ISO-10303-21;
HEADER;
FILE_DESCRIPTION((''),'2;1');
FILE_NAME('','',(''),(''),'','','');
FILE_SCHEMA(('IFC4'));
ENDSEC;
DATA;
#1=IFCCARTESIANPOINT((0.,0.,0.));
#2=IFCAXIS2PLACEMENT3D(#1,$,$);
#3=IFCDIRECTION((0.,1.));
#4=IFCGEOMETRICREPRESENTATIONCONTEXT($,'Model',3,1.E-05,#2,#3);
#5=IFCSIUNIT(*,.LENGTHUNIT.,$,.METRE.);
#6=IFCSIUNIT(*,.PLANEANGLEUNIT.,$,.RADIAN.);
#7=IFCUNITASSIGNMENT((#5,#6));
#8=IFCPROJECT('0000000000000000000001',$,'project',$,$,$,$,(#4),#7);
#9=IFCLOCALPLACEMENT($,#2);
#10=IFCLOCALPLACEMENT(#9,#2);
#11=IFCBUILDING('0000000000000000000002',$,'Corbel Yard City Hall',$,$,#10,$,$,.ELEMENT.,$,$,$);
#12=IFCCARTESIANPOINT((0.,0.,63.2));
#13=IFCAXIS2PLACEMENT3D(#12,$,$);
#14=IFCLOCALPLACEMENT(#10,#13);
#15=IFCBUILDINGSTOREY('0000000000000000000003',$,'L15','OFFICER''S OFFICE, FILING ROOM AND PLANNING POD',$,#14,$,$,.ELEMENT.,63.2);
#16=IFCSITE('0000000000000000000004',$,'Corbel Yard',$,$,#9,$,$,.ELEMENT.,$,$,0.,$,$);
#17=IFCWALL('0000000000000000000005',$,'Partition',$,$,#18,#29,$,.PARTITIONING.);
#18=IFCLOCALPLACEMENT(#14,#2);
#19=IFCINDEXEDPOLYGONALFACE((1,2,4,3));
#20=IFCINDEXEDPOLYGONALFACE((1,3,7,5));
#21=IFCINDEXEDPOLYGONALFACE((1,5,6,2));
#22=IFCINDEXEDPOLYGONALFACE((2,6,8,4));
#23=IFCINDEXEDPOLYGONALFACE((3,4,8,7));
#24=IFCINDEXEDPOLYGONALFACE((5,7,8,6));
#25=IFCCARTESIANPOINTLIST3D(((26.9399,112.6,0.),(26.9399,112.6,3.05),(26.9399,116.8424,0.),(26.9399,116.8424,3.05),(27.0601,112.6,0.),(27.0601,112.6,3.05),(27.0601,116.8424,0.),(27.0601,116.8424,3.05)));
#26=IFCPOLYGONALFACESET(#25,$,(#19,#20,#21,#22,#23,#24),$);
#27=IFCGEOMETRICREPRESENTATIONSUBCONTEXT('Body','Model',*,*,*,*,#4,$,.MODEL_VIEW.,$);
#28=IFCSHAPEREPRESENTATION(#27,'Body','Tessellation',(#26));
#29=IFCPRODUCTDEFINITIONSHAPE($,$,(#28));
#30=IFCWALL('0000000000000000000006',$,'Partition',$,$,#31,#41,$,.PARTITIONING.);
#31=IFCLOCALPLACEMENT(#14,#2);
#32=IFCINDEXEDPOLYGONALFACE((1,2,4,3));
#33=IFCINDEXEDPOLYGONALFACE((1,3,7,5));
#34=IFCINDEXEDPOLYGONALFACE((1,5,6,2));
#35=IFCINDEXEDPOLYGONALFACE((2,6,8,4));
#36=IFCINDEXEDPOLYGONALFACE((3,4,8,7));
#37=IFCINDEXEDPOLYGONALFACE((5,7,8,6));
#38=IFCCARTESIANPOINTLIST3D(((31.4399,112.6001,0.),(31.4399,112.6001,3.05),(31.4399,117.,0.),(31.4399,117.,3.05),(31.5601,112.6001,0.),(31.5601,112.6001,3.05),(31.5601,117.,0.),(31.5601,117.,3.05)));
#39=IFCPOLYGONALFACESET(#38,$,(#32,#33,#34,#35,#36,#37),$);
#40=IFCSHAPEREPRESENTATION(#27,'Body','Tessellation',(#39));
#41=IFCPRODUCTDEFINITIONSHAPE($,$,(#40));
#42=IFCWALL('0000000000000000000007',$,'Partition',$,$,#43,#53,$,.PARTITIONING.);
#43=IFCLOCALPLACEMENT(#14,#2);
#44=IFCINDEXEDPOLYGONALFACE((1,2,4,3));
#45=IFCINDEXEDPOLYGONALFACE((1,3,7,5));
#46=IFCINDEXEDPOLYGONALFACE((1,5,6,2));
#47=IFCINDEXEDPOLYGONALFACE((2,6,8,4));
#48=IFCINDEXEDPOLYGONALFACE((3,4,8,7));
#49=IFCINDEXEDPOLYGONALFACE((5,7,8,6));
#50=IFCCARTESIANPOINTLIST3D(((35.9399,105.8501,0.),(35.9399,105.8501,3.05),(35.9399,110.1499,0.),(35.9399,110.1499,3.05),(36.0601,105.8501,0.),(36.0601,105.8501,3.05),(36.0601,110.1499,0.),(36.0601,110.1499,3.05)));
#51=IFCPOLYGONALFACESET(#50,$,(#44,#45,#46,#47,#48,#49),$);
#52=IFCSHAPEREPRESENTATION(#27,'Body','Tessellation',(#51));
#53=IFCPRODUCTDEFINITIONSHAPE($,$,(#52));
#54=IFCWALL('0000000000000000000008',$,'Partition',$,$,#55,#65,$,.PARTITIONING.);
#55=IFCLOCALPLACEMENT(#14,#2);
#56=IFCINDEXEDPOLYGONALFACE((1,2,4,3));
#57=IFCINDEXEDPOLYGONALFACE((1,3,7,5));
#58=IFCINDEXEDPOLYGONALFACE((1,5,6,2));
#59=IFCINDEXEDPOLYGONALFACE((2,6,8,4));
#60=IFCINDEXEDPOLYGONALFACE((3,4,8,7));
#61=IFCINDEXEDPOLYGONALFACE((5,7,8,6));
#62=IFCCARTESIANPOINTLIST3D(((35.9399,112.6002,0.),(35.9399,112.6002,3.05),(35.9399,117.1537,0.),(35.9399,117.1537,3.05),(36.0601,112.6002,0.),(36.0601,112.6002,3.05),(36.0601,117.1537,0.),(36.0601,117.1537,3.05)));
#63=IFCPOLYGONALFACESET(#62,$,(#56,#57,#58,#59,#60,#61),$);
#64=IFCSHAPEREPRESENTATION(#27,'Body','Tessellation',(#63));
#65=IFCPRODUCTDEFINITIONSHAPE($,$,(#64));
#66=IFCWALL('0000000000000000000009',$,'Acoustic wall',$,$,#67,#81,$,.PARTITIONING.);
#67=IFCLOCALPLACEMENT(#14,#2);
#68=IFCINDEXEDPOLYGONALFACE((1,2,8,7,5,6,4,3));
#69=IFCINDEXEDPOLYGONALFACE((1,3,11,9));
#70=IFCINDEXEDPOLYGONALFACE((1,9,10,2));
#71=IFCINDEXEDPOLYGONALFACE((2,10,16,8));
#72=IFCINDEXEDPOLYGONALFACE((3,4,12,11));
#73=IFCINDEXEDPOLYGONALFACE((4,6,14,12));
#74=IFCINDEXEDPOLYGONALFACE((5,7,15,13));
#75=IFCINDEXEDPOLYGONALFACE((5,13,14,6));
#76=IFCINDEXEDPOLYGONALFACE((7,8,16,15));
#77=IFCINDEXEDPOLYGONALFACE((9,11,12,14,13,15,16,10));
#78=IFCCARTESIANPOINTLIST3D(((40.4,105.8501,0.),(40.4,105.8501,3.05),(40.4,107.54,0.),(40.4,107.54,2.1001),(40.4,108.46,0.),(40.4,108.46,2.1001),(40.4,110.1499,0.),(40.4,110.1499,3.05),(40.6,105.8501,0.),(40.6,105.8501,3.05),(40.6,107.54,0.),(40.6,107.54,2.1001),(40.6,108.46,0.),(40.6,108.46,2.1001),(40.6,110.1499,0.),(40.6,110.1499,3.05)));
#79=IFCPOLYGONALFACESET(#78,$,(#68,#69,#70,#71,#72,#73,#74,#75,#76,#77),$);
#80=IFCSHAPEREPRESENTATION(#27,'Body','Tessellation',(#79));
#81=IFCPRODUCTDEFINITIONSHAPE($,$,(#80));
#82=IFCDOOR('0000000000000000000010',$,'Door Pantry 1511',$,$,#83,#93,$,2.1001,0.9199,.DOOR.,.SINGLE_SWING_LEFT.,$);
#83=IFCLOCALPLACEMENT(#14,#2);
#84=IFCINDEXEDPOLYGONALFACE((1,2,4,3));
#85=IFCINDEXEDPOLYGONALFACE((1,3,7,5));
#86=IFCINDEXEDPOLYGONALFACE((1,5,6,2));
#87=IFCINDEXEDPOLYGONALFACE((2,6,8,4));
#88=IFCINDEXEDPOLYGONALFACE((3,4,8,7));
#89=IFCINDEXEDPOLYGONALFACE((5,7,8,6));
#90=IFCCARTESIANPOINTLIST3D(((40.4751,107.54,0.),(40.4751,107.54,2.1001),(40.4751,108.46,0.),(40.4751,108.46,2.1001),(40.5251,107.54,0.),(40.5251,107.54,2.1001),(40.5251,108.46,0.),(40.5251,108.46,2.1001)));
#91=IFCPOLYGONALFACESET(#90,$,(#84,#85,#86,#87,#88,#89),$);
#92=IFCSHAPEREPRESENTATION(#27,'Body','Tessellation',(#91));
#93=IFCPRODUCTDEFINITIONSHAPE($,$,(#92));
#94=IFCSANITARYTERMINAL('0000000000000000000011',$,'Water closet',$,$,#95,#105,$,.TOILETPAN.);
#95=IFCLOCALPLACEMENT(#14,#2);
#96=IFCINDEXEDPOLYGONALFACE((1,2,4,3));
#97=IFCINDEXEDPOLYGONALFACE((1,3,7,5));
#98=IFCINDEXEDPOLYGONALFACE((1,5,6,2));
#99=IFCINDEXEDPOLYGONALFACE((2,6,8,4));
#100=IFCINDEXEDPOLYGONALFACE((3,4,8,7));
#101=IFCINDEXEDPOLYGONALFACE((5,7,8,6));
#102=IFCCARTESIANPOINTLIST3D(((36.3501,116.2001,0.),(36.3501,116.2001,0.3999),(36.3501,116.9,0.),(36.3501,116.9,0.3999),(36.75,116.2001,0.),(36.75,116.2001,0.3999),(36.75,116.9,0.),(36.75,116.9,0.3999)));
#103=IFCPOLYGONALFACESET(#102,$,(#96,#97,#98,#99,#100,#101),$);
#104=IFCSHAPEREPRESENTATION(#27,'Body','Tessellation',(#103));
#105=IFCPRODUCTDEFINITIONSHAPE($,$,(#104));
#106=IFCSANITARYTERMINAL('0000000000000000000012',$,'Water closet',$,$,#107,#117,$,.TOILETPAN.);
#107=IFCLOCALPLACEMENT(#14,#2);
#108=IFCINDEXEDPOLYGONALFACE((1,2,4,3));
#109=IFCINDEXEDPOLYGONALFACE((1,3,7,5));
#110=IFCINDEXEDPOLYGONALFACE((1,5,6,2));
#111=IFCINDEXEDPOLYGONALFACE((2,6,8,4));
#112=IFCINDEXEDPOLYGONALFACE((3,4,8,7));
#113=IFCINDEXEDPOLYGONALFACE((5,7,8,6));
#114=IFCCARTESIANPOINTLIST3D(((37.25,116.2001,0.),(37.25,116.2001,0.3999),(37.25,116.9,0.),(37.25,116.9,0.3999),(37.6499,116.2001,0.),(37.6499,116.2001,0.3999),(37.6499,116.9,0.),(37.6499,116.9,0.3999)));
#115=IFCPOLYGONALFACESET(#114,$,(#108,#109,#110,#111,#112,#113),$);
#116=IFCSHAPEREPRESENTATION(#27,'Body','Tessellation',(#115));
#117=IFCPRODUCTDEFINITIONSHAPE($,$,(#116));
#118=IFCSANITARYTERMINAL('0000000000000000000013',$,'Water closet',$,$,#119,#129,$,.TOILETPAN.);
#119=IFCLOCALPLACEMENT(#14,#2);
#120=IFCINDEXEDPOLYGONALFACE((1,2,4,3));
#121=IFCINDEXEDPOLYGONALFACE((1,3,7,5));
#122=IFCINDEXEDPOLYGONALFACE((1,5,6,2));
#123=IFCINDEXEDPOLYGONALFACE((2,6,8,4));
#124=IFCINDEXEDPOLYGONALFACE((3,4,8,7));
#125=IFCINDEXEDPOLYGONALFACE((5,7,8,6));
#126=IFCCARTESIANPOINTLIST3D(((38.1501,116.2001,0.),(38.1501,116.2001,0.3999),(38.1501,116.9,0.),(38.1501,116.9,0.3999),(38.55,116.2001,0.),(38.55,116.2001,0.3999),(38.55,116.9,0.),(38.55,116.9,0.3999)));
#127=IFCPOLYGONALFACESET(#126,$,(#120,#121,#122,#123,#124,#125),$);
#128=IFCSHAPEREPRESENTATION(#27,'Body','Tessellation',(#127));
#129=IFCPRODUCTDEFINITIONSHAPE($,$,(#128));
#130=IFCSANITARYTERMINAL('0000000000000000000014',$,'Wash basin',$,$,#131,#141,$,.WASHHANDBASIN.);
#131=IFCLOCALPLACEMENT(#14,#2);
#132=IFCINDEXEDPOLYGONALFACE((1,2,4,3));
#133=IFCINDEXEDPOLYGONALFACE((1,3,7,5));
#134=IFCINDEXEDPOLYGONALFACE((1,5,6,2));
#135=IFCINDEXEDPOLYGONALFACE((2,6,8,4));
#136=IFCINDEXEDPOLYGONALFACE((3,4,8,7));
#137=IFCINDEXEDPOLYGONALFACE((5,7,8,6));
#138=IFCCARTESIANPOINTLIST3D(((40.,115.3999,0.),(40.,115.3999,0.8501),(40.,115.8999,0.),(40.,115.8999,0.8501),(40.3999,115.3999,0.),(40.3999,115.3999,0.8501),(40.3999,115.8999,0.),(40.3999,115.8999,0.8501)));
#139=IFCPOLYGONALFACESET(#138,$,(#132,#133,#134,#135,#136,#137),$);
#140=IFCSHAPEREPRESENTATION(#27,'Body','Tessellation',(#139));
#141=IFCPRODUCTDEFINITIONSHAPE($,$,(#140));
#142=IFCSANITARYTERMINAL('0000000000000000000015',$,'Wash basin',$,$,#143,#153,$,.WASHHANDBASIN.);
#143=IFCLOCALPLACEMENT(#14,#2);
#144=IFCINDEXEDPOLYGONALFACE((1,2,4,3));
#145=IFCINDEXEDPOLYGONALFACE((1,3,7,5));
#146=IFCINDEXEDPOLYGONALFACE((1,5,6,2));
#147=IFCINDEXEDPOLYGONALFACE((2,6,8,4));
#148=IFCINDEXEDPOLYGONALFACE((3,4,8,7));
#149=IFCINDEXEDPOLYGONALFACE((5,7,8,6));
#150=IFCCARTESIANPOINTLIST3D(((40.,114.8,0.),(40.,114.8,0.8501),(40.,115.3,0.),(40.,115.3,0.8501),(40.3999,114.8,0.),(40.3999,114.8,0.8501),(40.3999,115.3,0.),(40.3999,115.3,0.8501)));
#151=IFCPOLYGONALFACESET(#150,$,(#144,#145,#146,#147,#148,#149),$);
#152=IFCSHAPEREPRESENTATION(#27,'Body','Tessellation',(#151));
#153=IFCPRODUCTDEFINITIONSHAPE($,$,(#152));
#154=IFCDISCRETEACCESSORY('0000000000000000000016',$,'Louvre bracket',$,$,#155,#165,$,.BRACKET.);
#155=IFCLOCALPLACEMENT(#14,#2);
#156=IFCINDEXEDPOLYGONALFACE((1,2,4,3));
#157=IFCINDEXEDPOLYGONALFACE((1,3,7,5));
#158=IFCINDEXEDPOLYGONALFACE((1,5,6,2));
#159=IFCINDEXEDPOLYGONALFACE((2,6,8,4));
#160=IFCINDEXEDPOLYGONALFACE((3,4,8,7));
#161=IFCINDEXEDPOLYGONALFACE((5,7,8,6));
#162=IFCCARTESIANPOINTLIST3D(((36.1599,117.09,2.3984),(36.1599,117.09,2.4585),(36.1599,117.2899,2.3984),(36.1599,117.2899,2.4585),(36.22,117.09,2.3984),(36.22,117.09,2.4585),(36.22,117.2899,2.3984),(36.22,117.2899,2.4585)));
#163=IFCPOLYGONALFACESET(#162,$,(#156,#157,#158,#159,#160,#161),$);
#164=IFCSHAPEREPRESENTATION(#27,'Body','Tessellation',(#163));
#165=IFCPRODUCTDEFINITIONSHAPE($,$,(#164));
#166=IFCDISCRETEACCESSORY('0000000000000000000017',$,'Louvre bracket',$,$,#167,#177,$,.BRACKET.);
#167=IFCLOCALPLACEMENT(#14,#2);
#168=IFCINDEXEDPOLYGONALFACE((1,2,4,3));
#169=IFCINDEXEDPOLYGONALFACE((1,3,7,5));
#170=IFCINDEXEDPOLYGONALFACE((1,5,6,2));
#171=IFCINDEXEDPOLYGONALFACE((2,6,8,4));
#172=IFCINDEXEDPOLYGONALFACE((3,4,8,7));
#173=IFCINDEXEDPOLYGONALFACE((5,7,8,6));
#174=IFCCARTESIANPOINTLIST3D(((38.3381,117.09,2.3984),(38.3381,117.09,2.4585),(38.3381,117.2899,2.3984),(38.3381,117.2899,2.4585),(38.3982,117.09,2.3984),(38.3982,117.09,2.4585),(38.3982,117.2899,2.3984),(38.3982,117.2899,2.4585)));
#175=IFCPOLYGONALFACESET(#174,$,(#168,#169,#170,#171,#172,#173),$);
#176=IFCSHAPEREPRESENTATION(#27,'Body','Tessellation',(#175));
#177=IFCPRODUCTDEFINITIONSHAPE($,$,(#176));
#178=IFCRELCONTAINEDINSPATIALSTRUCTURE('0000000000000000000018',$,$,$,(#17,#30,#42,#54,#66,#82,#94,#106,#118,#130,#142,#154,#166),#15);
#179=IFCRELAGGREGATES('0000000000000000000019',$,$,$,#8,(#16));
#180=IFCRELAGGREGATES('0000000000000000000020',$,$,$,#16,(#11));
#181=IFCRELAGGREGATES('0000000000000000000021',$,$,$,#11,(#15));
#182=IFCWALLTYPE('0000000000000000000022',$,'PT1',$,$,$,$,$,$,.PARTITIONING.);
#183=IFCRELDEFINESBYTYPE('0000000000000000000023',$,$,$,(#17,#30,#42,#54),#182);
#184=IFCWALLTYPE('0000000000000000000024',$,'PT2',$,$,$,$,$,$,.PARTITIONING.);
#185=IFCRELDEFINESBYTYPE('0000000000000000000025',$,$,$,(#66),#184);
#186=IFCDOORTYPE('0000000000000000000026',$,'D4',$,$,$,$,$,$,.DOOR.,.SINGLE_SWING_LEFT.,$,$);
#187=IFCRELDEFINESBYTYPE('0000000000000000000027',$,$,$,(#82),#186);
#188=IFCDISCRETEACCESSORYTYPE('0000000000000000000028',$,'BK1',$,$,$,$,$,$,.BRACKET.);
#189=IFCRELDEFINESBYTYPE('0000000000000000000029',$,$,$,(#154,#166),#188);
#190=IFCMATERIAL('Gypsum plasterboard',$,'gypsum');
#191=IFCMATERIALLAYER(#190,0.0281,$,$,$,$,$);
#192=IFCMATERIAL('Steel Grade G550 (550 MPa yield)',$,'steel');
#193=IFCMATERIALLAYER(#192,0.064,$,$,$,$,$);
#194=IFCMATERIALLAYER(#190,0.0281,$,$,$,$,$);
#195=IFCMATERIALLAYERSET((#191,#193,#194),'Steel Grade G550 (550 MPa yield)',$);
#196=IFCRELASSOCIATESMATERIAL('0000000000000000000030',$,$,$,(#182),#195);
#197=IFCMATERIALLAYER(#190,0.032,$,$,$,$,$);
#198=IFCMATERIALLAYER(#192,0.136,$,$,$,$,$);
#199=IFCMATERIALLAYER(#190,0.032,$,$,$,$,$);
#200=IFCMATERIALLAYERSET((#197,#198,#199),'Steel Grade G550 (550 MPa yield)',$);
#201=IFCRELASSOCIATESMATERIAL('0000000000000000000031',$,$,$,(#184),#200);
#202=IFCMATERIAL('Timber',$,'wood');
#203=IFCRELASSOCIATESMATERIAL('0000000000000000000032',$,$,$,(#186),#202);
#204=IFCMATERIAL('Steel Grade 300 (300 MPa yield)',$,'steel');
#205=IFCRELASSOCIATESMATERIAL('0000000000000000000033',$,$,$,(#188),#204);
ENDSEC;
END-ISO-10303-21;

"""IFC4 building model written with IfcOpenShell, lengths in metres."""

from ifc_helpers import new_model, si_unit, direction, frame, frame_2d, origin, origin_2d, place, context, subcontext, project, spatial, rectangle, extrude, material, layer, layer_set, type_object, element, fill, save


model = new_model("IFC4")

# Units and contexts
model_context = context("Model", 3, precision=1e-05, world=origin(), true_north=direction((0.0, 1.0)))
body_context = subcontext(model_context, "Body", "Model", "MODEL_VIEW")
ifc_project = project(units=[si_unit("LENGTHUNIT", "METRE"), si_unit("PLANEANGLEUNIT", "RADIAN")], contexts=[model_context])

# Site, building, storey
site_placement = place(None, origin())
site = spatial("IfcSite", under=ifc_project, at=site_placement, Name="Corbel Yard", CompositionType="ELEMENT", RefElevation=0.0)
building_placement = place(site_placement, origin())
building = spatial("IfcBuilding", under=site, at=building_placement, Name="Corbel Yard City Hall", CompositionType="ELEMENT")
storey_placement = place(building_placement, frame((0.0, 0.0, 63.2)))
storey = spatial("IfcBuildingStorey", under=building, at=storey_placement, Name="L15", Description="OFFICER'S OFFICE, FILING ROOM AND PLANNING POD", CompositionType="ELEMENT", Elevation=63.2)

# Shared definitions
ifc_material_1 = material(Name="Steel Grade 300 (300 MPa yield)", Category="steel")

# Walls
ifc_material_2 = material(Name="Steel Grade G550 (550 MPa yield)", Category="steel")
ifc_material_3 = material(Name="Gypsum plasterboard", Category="gypsum")
ifc_layer_1 = layer(ifc_material_3, 0.0281)
ifc_layer_2 = layer(ifc_material_2, 0.064)
ifc_layer_3 = layer(ifc_material_3, 0.0281)
ifc_layer_set_1 = layer_set([ifc_layer_1, ifc_layer_2, ifc_layer_3], Name="Steel Grade G550 (550 MPa yield)")
wall_type_1 = type_object("IfcWallType", Name="PT1", PredefinedType="PARTITIONING", material=ifc_layer_set_1)
wall_1_placement = place(storey_placement, frame((27.0, 112.6001, 0.0), z_axis=(0.0, 0.0, 1.0), x_axis=(0.0, 1.0, 0.0)))
element("IfcWall", 1, at=wall_1_placement, inside=storey, type_object=wall_type_1, Name="Partition", PredefinedType="PARTITIONING", context=body_context, shape_type="SweptSolid", body=[
    extrude(rectangle(XDim=4.2424, YDim=0.1201, at=frame_2d((2.1211, 0.0))), origin(), (0.0, 0.0, 1.0), 3.05),
])
wall_2_placement = place(storey_placement, frame((31.5, 112.6001, 0.0), z_axis=(0.0, 0.0, 1.0), x_axis=(0.0, 1.0, 0.0)))
element("IfcWall", 2, at=wall_2_placement, inside=storey, type_object=wall_type_1, Name="Partition", PredefinedType="PARTITIONING", context=body_context, shape_type="SweptSolid", body=[
    extrude(rectangle(XDim=4.3999, YDim=0.1201, at=frame_2d((2.2, 0.0))), origin(), (0.0, 0.0, 1.0), 3.05),
])
wall_3_placement = place(storey_placement, frame((36.0, 105.8501, 0.0), z_axis=(0.0, 0.0, 1.0), x_axis=(0.0, 1.0, 0.0)))
element("IfcWall", 3, at=wall_3_placement, inside=storey, type_object=wall_type_1, Name="Partition", PredefinedType="PARTITIONING", context=body_context, shape_type="SweptSolid", body=[
    extrude(rectangle(XDim=4.2998, YDim=0.1201, at=frame_2d((2.1499, 0.0))), origin(), (0.0, 0.0, 1.0), 3.05),
])
wall_4_placement = place(storey_placement, frame((36.0, 112.6001, 0.0), z_axis=(0.0, 0.0, 1.0), x_axis=(0.0, 1.0, 0.0)))
element("IfcWall", 4, at=wall_4_placement, inside=storey, type_object=wall_type_1, Name="Partition", PredefinedType="PARTITIONING", context=body_context, shape_type="SweptSolid", body=[
    extrude(rectangle(XDim=4.5535, YDim=0.1201, at=frame_2d((2.2769, 0.0))), origin(), (0.0, 0.0, 1.0), 3.05),
])

# Wall, opening, door
ifc_layer_4 = layer(ifc_material_3, 0.032)
ifc_layer_5 = layer(ifc_material_2, 0.136)
ifc_layer_6 = layer(ifc_material_3, 0.032)
ifc_layer_set_2 = layer_set([ifc_layer_4, ifc_layer_5, ifc_layer_6], Name="Steel Grade G550 (550 MPa yield)")
wall_type_2 = type_object("IfcWallType", Name="PT2", PredefinedType="PARTITIONING", material=ifc_layer_set_2)
wall_5_placement = place(storey_placement, frame((40.5, 105.8501, 0.0), z_axis=(0.0, 0.0, 1.0), x_axis=(0.0, 1.0, 0.0)))
wall_5 = element("IfcWall", 5, at=wall_5_placement, inside=storey, type_object=wall_type_2, Name="Acoustic wall", PredefinedType="PARTITIONING", context=body_context, shape_type="SweptSolid", body=[
    extrude(rectangle(XDim=4.2998, YDim=0.2, at=frame_2d((2.1499, 0.0))), origin(), (0.0, 0.0, 1.0), 3.05),
])
opening_placement = place(wall_5_placement, frame((1.6899, 0.0, 0.0)))
opening = element("IfcOpeningElement", 6, at=opening_placement, cuts=wall_5, PredefinedType="OPENING", context=body_context, shape_type="SweptSolid", body=[
    extrude(rectangle(XDim=0.9199, YDim=2.1001, at=frame_2d((0.46, 1.05))), frame((0.0, 0.1099, 0.0), z_axis=(0.0, -1.0, 0.0), x_axis=(1.0, 0.0, 0.0)), (0.0, 0.0, 1.0), 0.22),
])
ifc_material_4 = material(Name="Timber", Category="wood")
door_type = type_object("IfcDoorType", Name="D4", OperationType="SINGLE_SWING_LEFT", PredefinedType="DOOR", material=ifc_material_4)
door_placement = place(opening_placement, origin())
door = element("IfcDoor", 7, at=door_placement, inside=storey, type_object=door_type, Name="Door Pantry 1511", OperationType="SINGLE_SWING_LEFT", OverallHeight=2.1001, OverallWidth=0.9199, PredefinedType="DOOR", context=body_context, shape_type="SweptSolid", body=[
    extrude(rectangle(XDim=0.9199, YDim=2.1001, at=frame_2d((0.46, 1.05))), frame((0.0, 0.0249, 0.0), z_axis=(0.0, -1.0, 0.0), x_axis=(1.0, 0.0, 0.0)), (0.0, 0.0, 1.0), 0.05),
])
fill(opening, door)

# Sanitary terminals
for number, where, z_axis, x_axis, name in (
    (8, (36.55, 116.55, 0.0), (0.0, 0.0, 1.0), (1.0, 0.0, 0.0), "Water closet"),
    (9, (37.45, 116.55, 0.0), (0.0, 0.0, 1.0), (1.0, 0.0, 0.0), "Water closet"),
    (10, (38.3501, 116.55, 0.0), (0.0, 0.0, 1.0), (1.0, 0.0, 0.0), "Water closet"),
):
    element("IfcSanitaryTerminal", number, at=place(storey_placement, frame(where, z_axis=z_axis, x_axis=x_axis)), inside=storey, Name=name, PredefinedType="TOILETPAN", context=body_context, shape_type="SweptSolid", body=[
        extrude(rectangle(XDim=0.3999, YDim=0.7, at=origin_2d()), origin(), (0.0, 0.0, 1.0), 0.3999),
    ])
for number, where, z_axis, x_axis, name in (
    (11, (40.2, 115.6499, 0.0), (0.0, 0.0, 1.0), (1.0, 0.0, 0.0), "Wash basin"),
    (12, (40.2, 115.05, 0.0), (0.0, 0.0, 1.0), (1.0, 0.0, 0.0), "Wash basin"),
):
    element("IfcSanitaryTerminal", number, at=place(storey_placement, frame(where, z_axis=z_axis, x_axis=x_axis)), inside=storey, Name=name, PredefinedType="WASHHANDBASIN", context=body_context, shape_type="SweptSolid", body=[
        extrude(rectangle(XDim=0.3999, YDim=0.5, at=origin_2d()), origin(), (0.0, 0.0, 1.0), 0.8501),
    ])

# Discrete accessories
discrete_accessory_type = type_object("IfcDiscreteAccessoryType", Name="BK1", PredefinedType="BRACKET", material=ifc_material_1)
for number, where, z_axis, x_axis, name in (
    (13, (36.1899, 117.1899, 2.3984), (0.0, 0.0, 1.0), (1.0, 0.0, 0.0), "Louvre bracket"),
    (14, (38.3682, 117.1899, 2.3984), (0.0, 0.0, 1.0), (1.0, 0.0, 0.0), "Louvre bracket"),
):
    element("IfcDiscreteAccessory", number, at=place(storey_placement, frame(where, z_axis=z_axis, x_axis=x_axis)), inside=storey, type_object=discrete_accessory_type, Name=name, PredefinedType="BRACKET", context=body_context, shape_type="SweptSolid", body=[
        extrude(rectangle(XDim=0.0601, YDim=0.2, at=origin_2d()), origin(), (0.0, 0.0, 1.0), 0.0601),
    ])

save(model, "model.ifc")
